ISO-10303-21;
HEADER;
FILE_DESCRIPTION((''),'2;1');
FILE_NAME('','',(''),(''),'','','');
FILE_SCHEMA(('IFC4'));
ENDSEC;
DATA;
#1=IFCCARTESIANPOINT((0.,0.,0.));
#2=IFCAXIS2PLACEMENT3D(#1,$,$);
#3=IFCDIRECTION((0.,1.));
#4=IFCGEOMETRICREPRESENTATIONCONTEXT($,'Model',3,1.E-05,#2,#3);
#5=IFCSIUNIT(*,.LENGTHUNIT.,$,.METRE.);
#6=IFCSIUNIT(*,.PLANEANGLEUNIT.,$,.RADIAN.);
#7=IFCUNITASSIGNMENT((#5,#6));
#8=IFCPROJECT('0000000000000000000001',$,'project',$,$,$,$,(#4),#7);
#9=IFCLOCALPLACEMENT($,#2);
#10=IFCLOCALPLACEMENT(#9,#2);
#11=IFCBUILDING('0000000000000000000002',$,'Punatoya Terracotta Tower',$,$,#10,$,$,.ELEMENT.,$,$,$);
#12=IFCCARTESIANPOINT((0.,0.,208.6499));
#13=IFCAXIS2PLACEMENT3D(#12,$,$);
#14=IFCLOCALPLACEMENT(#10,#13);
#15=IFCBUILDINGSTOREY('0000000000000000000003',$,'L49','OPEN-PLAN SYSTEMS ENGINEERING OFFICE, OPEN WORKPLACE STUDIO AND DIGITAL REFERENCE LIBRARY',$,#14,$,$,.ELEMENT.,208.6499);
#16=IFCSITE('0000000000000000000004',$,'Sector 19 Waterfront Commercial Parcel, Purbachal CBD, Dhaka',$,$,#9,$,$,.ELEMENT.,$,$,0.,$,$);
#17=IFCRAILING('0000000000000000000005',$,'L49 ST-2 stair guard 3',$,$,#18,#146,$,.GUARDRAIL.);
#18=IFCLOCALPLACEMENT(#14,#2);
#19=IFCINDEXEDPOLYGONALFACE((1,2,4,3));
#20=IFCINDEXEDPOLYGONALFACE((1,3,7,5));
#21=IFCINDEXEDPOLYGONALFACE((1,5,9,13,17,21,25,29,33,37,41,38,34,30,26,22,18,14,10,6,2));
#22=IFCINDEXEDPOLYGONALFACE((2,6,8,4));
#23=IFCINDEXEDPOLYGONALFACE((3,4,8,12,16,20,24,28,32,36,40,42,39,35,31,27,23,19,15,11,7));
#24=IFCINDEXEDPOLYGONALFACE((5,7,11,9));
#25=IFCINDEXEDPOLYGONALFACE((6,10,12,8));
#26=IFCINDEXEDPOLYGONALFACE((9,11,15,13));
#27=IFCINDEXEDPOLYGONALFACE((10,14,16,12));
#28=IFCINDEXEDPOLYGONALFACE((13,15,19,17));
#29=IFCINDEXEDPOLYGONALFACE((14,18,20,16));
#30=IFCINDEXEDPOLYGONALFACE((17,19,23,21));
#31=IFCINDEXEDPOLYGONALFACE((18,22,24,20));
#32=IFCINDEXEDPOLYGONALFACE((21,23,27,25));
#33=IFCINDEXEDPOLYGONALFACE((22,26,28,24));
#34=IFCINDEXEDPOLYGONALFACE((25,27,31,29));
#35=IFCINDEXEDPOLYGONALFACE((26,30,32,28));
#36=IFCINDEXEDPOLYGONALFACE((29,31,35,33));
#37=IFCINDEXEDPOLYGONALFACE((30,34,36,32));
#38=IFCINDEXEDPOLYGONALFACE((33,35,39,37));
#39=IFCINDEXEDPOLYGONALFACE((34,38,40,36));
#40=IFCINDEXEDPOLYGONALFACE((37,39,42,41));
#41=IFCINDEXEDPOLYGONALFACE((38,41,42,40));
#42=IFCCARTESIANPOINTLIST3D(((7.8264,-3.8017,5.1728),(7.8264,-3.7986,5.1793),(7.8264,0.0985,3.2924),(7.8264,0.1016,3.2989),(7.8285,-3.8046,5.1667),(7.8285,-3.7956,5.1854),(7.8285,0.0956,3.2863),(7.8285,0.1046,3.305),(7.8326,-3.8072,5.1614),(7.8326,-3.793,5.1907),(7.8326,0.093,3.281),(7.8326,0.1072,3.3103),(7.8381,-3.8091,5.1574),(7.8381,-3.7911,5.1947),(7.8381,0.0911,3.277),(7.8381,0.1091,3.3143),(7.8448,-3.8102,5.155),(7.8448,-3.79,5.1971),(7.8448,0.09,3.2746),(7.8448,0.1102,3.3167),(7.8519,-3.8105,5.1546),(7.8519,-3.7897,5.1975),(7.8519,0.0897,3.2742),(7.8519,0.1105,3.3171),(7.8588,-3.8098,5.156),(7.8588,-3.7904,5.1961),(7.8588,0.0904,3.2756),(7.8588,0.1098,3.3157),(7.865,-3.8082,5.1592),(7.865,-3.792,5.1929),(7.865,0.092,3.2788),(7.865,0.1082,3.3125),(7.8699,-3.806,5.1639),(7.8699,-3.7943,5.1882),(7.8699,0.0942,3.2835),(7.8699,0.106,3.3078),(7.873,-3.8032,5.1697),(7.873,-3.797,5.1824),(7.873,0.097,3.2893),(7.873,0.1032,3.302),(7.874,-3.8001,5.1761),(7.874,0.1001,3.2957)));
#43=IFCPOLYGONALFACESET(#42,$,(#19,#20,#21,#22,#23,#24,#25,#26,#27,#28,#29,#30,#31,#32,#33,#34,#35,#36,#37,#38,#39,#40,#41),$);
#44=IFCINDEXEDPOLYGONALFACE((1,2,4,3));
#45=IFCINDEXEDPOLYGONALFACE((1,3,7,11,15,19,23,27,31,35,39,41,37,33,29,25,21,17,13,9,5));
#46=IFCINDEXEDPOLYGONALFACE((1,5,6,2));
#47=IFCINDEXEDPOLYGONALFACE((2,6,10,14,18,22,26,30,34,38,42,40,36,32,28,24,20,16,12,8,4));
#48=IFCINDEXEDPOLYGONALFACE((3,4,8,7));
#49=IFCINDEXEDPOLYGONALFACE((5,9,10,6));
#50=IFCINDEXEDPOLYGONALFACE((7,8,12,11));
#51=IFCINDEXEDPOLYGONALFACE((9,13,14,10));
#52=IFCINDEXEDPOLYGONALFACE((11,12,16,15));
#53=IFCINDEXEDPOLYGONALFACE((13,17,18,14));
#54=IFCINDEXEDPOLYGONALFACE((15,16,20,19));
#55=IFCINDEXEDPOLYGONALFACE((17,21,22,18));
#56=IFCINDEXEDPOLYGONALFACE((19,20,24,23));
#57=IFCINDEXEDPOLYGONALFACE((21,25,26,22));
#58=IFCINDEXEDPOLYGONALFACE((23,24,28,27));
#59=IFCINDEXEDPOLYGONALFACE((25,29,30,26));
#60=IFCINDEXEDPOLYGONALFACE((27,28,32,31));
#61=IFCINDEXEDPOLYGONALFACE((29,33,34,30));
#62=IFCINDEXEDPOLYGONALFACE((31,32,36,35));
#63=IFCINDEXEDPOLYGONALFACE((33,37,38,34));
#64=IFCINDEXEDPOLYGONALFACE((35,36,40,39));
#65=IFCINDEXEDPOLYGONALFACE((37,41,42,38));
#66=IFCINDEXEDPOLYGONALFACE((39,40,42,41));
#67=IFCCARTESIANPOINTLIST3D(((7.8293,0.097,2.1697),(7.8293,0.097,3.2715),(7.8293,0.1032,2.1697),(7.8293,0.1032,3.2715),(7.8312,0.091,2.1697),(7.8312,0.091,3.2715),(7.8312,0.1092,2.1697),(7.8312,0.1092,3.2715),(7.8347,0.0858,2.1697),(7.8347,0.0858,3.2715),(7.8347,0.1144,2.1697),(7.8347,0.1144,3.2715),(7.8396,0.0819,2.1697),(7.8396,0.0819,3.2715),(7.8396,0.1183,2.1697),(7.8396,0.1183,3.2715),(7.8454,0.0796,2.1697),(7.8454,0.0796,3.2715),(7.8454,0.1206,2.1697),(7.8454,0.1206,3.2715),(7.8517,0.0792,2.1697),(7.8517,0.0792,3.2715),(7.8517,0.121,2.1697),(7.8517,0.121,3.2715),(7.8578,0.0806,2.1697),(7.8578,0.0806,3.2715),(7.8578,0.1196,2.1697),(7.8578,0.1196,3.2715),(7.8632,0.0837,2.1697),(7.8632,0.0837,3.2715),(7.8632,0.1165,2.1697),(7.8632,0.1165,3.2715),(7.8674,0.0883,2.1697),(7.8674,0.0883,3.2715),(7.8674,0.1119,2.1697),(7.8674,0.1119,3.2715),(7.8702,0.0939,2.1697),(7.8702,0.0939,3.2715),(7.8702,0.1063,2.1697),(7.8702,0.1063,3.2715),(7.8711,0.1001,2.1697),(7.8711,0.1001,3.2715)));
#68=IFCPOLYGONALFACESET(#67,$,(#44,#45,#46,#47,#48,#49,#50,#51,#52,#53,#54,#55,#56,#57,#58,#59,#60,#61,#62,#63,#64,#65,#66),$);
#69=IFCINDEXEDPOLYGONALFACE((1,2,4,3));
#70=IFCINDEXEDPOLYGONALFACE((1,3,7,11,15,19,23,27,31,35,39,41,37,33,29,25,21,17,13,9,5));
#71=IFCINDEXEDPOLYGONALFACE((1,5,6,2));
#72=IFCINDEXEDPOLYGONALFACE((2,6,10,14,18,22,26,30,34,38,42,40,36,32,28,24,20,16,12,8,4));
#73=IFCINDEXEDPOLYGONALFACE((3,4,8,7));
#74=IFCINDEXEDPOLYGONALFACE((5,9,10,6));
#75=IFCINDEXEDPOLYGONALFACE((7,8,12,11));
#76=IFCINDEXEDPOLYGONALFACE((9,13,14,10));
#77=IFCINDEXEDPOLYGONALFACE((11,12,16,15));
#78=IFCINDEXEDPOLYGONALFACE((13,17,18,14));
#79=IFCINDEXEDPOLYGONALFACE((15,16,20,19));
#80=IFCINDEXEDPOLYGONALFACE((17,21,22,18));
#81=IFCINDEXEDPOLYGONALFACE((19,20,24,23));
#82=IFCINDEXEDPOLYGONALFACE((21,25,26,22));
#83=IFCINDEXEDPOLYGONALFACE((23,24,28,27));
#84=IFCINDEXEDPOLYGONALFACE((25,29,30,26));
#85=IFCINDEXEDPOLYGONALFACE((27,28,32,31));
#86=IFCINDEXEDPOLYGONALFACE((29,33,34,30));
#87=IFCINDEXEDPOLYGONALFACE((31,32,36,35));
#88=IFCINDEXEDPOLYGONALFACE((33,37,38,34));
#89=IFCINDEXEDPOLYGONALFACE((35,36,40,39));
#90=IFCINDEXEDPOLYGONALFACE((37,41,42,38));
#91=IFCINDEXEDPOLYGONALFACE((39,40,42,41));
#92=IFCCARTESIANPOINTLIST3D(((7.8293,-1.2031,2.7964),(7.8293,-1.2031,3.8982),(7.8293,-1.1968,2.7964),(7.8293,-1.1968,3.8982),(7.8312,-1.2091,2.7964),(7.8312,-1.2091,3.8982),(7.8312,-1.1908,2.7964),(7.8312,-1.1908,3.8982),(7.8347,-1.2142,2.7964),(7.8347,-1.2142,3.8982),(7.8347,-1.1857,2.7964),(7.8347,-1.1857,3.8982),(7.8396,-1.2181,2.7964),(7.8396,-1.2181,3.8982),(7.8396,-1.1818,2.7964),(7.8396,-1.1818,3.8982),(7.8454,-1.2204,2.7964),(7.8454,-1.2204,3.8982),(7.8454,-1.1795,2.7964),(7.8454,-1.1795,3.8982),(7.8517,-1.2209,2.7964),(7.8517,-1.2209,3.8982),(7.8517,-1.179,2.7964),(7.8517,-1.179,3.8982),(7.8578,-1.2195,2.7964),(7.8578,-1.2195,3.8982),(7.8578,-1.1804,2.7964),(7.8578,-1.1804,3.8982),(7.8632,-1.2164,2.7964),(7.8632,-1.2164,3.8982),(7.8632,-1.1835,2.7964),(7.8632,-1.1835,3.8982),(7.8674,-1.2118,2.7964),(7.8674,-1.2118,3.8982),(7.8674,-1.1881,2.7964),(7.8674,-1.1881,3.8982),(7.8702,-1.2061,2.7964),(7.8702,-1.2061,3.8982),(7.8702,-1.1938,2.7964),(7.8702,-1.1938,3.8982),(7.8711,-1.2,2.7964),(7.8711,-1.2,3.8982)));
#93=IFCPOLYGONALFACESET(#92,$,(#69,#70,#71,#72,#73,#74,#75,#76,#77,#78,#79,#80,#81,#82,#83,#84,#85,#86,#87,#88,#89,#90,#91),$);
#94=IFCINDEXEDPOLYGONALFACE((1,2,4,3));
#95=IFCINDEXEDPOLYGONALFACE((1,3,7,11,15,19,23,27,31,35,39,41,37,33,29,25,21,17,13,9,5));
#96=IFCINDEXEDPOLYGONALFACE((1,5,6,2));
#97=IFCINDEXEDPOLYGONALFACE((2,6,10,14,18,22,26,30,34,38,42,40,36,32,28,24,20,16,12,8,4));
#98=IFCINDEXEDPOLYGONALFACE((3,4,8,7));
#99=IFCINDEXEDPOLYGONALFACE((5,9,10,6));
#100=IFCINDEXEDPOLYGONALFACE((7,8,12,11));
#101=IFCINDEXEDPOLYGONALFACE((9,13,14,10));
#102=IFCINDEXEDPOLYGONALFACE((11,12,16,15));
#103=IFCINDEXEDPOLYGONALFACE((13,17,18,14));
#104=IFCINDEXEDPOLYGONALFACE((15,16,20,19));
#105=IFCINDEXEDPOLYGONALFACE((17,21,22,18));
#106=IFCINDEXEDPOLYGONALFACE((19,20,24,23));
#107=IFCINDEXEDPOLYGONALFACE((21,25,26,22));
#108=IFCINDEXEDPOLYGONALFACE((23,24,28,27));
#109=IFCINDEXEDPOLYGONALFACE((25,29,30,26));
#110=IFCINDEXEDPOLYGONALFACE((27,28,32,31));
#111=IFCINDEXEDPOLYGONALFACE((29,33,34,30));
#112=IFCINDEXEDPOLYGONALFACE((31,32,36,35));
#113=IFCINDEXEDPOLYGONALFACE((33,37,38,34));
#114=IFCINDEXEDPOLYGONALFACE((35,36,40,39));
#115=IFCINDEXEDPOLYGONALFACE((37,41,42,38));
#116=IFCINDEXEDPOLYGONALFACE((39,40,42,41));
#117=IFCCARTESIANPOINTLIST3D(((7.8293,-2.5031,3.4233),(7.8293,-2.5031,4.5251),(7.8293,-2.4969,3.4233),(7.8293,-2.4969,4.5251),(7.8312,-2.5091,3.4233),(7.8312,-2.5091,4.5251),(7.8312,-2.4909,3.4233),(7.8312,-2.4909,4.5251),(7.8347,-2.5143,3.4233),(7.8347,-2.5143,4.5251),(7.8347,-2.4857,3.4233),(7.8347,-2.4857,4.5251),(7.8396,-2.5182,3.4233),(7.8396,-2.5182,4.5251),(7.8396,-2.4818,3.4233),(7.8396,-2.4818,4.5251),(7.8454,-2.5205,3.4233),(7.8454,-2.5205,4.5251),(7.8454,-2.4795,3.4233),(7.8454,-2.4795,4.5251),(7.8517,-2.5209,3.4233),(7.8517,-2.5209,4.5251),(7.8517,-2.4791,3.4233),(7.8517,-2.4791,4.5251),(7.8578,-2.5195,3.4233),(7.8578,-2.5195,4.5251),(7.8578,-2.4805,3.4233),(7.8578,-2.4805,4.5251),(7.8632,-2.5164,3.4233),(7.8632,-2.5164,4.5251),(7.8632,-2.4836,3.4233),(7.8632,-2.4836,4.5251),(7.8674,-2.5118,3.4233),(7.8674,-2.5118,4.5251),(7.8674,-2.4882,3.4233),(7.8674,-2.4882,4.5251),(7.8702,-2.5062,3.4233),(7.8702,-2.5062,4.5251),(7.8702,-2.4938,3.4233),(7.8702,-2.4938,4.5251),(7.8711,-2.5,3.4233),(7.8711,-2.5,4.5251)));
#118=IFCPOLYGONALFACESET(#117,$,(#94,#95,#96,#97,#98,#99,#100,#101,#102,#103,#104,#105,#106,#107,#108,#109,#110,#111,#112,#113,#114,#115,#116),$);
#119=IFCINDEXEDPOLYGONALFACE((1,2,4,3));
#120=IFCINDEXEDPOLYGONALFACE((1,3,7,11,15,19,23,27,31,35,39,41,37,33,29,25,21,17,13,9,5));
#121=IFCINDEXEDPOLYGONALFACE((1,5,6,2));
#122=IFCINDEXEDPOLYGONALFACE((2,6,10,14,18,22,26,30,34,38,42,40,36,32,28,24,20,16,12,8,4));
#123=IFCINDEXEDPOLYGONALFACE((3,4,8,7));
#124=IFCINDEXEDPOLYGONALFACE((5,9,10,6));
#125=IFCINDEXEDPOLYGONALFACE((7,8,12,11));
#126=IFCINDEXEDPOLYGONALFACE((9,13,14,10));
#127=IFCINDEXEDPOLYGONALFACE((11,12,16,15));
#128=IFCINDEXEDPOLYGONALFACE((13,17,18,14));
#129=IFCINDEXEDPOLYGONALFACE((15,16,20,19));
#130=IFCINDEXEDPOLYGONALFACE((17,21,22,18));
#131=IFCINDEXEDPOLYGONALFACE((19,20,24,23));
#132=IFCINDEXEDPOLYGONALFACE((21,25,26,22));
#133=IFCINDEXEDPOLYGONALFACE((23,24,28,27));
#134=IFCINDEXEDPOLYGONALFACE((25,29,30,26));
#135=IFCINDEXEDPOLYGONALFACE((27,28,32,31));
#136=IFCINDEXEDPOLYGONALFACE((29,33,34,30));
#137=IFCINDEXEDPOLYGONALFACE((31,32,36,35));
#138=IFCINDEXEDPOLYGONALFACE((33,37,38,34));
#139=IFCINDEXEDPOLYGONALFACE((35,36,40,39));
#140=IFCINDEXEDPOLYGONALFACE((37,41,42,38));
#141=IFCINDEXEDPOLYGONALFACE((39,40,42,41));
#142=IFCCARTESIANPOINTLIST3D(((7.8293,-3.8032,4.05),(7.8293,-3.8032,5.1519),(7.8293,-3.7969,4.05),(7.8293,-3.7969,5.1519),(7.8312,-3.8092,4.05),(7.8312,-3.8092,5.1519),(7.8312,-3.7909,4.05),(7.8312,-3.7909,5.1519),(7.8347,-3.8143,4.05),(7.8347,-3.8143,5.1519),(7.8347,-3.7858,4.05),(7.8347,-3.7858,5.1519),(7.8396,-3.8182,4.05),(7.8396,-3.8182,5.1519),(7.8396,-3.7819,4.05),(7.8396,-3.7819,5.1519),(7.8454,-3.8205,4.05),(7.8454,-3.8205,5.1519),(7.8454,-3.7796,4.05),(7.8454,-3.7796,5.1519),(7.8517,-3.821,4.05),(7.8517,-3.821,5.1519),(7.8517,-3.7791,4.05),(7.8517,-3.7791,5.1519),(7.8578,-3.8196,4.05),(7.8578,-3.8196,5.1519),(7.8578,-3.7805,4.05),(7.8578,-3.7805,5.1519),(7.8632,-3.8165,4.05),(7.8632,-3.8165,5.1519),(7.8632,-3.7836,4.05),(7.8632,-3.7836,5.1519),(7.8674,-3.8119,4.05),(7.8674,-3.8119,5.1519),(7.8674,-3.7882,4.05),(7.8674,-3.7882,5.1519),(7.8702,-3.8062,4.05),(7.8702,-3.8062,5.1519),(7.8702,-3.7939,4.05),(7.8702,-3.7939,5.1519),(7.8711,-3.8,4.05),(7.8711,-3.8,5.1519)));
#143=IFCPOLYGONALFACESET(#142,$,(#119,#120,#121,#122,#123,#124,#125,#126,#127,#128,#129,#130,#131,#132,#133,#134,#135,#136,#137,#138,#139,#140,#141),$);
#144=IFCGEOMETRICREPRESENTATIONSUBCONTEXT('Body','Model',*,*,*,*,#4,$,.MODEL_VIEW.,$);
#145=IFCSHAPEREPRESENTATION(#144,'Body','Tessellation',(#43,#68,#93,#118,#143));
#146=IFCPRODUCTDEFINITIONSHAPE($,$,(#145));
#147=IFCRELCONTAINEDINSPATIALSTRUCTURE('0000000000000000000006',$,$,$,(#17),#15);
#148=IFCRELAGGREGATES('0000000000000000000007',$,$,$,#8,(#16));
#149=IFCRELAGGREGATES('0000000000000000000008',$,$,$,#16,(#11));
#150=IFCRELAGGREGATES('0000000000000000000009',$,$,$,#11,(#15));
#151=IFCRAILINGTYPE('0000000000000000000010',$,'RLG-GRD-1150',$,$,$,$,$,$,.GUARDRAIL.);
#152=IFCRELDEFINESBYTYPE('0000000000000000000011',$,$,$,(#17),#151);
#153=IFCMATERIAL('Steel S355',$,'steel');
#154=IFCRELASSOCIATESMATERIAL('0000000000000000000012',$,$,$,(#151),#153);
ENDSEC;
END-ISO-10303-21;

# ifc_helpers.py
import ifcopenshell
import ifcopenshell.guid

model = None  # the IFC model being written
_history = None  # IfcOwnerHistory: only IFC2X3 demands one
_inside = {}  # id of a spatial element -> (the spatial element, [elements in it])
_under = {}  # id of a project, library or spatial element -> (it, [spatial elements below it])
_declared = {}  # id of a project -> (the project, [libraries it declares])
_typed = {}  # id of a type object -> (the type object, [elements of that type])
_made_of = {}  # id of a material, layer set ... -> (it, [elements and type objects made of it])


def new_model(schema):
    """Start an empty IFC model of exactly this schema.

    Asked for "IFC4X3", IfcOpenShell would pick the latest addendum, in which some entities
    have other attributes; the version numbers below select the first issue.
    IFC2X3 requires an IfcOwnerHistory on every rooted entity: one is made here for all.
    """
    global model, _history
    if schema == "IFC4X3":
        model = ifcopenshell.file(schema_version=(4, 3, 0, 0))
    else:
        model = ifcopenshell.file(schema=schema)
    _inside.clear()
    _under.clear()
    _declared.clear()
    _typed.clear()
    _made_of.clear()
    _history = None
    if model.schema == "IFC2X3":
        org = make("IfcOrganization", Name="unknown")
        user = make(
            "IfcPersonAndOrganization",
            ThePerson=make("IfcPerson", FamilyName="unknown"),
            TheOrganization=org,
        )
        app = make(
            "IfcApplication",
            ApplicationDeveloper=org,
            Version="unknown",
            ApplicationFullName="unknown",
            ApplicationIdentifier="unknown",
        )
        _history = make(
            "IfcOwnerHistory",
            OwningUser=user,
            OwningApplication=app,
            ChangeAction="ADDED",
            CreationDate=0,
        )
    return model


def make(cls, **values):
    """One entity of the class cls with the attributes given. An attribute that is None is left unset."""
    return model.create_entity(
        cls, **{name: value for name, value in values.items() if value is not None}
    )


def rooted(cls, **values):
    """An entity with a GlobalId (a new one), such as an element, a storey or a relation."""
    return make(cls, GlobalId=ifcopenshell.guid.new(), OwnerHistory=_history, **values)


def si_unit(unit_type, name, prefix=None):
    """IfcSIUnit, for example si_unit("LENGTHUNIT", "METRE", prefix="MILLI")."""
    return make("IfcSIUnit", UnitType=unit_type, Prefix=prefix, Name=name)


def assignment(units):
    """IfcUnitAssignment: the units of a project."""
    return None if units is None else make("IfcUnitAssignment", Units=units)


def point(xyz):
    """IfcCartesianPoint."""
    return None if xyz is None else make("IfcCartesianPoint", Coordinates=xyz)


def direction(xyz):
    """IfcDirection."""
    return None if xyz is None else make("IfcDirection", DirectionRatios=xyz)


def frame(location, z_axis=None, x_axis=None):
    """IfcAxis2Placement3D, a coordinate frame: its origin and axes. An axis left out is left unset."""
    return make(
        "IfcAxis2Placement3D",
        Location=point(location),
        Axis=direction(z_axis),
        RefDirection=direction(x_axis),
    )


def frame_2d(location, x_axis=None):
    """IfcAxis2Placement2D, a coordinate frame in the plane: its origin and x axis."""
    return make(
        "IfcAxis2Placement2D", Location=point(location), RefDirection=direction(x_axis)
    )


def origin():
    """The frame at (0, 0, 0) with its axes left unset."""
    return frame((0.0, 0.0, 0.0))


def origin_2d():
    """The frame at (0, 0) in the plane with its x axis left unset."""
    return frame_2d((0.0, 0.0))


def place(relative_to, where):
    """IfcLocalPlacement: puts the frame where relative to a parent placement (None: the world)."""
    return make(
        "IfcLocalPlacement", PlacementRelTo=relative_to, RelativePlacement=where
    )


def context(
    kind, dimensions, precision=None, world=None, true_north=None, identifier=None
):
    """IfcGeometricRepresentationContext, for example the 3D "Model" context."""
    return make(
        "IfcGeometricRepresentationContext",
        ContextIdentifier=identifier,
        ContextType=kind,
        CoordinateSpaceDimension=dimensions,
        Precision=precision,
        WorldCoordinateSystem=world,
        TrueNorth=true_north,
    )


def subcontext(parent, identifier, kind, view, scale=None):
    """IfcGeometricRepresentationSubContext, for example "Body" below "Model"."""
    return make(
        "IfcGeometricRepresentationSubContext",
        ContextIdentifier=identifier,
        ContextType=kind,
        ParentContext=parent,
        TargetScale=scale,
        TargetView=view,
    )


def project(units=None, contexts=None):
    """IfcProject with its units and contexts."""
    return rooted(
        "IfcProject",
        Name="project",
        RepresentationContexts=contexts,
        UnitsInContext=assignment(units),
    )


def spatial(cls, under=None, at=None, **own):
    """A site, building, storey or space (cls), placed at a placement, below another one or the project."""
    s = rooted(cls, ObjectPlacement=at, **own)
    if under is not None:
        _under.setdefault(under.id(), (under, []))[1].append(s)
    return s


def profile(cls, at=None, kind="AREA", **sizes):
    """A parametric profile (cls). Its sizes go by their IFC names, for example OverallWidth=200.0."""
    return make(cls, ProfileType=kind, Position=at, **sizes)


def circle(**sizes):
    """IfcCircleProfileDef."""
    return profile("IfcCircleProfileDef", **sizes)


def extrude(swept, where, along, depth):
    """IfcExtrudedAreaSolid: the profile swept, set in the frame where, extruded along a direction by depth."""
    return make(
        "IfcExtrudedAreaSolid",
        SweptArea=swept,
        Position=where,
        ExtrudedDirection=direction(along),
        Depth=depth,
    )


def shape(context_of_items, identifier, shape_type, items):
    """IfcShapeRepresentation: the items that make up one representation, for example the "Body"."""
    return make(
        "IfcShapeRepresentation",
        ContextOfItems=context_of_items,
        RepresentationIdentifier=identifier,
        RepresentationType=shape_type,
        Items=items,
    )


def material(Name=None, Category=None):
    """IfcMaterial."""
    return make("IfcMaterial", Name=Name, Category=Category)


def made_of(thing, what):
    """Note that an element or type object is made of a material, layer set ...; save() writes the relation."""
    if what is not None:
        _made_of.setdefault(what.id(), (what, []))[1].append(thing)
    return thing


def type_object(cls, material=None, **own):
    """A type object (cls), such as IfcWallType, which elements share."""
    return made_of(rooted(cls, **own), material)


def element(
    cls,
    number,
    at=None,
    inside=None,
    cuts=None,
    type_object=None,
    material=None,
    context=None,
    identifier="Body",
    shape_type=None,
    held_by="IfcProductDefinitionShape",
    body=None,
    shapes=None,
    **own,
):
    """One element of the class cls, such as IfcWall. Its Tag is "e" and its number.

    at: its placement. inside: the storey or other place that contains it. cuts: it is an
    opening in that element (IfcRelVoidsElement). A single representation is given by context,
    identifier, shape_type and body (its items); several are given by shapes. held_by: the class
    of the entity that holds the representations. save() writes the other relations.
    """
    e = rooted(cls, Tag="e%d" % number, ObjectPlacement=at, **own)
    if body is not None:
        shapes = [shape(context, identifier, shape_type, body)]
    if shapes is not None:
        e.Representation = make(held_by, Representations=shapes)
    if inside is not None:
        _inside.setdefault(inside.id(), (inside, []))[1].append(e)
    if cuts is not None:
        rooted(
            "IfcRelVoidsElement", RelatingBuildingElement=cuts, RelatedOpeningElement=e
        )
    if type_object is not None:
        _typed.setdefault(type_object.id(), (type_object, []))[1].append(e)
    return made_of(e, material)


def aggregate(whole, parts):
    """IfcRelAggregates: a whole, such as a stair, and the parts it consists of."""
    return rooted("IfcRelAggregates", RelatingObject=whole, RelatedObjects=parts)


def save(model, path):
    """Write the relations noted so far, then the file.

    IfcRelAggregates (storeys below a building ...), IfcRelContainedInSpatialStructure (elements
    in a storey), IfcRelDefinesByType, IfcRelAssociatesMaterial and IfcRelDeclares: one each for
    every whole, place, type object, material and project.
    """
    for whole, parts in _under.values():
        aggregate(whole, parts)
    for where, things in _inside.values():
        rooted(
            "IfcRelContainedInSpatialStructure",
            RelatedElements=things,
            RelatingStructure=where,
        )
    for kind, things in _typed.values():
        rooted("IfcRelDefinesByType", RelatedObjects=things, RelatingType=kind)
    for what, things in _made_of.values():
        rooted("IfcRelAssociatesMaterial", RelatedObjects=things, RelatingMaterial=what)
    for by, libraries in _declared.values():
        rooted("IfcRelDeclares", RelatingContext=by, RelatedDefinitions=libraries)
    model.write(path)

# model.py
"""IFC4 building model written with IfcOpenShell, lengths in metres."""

from ifc_helpers import new_model, si_unit, direction, frame, origin, origin_2d, place, context, subcontext, project, spatial, circle, extrude, material, type_object, element, save


model = new_model("IFC4")

# Units and contexts
model_context = context("Model", 3, precision=1e-05, world=origin(), true_north=direction((0.0, 1.0)))
body_context = subcontext(model_context, "Body", "Model", "MODEL_VIEW")
ifc_project = project(units=[si_unit("LENGTHUNIT", "METRE"), si_unit("PLANEANGLEUNIT", "RADIAN")], contexts=[model_context])

# Site, building, storey
site_placement = place(None, origin())
site = spatial("IfcSite", under=ifc_project, at=site_placement, Name="Sector 19 Waterfront Commercial Parcel, Purbachal CBD, Dhaka", CompositionType="ELEMENT", RefElevation=0.0)
building_placement = place(site_placement, origin())
building = spatial("IfcBuilding", under=site, at=building_placement, Name="Punatoya Terracotta Tower", CompositionType="ELEMENT")
storey_placement = place(building_placement, frame((0.0, 0.0, 208.6499)))
storey = spatial("IfcBuildingStorey", under=building, at=storey_placement, Name="L49", Description="OPEN-PLAN SYSTEMS ENGINEERING OFFICE, OPEN WORKPLACE STUDIO AND DIGITAL REFERENCE LIBRARY", CompositionType="ELEMENT", Elevation=208.6499)

# Shared definitions
ifc_material_1 = material(Name="Steel S355", Category="steel")

# Railing
railing_type_1 = type_object("IfcRailingType", Name="RLG-GRD-1150", PredefinedType="GUARDRAIL", material=ifc_material_1)
railing_1_placement = place(storey_placement, frame((7.8501, 0.1001, 2.1697)))
element("IfcRailing", 1, at=railing_1_placement, inside=storey, type_object=railing_type_1, Name="L49 ST-2 stair guard 3", PredefinedType="GUARDRAIL", context=body_context, shape_type="SweptSolid", body=[
    extrude(circle(Radius=0.0239, at=origin_2d()), frame((0.0, 0.0, 1.126), z_axis=(0.0, -0.900774, 0.434289), x_axis=(1.0, 0.0, 0.0)), (0.0, 0.0, 1.0), 4.3298),
    extrude(circle(Radius=0.021, at=origin_2d()), origin(), (0.0, 0.0, 1.0), 1.1018),
    extrude(circle(Radius=0.021, at=origin_2d()), frame((0.0, -1.3, 0.6267)), (0.0, 0.0, 1.0), 1.1018),
    extrude(circle(Radius=0.021, at=origin_2d()), frame((0.0, -2.6001, 1.2537)), (0.0, 0.0, 1.0), 1.1018),
    extrude(circle(Radius=0.021, at=origin_2d()), frame((0.0, -3.9001, 1.8804)), (0.0, 0.0, 1.0), 1.1018),
])

save(model, "model.ifc")
